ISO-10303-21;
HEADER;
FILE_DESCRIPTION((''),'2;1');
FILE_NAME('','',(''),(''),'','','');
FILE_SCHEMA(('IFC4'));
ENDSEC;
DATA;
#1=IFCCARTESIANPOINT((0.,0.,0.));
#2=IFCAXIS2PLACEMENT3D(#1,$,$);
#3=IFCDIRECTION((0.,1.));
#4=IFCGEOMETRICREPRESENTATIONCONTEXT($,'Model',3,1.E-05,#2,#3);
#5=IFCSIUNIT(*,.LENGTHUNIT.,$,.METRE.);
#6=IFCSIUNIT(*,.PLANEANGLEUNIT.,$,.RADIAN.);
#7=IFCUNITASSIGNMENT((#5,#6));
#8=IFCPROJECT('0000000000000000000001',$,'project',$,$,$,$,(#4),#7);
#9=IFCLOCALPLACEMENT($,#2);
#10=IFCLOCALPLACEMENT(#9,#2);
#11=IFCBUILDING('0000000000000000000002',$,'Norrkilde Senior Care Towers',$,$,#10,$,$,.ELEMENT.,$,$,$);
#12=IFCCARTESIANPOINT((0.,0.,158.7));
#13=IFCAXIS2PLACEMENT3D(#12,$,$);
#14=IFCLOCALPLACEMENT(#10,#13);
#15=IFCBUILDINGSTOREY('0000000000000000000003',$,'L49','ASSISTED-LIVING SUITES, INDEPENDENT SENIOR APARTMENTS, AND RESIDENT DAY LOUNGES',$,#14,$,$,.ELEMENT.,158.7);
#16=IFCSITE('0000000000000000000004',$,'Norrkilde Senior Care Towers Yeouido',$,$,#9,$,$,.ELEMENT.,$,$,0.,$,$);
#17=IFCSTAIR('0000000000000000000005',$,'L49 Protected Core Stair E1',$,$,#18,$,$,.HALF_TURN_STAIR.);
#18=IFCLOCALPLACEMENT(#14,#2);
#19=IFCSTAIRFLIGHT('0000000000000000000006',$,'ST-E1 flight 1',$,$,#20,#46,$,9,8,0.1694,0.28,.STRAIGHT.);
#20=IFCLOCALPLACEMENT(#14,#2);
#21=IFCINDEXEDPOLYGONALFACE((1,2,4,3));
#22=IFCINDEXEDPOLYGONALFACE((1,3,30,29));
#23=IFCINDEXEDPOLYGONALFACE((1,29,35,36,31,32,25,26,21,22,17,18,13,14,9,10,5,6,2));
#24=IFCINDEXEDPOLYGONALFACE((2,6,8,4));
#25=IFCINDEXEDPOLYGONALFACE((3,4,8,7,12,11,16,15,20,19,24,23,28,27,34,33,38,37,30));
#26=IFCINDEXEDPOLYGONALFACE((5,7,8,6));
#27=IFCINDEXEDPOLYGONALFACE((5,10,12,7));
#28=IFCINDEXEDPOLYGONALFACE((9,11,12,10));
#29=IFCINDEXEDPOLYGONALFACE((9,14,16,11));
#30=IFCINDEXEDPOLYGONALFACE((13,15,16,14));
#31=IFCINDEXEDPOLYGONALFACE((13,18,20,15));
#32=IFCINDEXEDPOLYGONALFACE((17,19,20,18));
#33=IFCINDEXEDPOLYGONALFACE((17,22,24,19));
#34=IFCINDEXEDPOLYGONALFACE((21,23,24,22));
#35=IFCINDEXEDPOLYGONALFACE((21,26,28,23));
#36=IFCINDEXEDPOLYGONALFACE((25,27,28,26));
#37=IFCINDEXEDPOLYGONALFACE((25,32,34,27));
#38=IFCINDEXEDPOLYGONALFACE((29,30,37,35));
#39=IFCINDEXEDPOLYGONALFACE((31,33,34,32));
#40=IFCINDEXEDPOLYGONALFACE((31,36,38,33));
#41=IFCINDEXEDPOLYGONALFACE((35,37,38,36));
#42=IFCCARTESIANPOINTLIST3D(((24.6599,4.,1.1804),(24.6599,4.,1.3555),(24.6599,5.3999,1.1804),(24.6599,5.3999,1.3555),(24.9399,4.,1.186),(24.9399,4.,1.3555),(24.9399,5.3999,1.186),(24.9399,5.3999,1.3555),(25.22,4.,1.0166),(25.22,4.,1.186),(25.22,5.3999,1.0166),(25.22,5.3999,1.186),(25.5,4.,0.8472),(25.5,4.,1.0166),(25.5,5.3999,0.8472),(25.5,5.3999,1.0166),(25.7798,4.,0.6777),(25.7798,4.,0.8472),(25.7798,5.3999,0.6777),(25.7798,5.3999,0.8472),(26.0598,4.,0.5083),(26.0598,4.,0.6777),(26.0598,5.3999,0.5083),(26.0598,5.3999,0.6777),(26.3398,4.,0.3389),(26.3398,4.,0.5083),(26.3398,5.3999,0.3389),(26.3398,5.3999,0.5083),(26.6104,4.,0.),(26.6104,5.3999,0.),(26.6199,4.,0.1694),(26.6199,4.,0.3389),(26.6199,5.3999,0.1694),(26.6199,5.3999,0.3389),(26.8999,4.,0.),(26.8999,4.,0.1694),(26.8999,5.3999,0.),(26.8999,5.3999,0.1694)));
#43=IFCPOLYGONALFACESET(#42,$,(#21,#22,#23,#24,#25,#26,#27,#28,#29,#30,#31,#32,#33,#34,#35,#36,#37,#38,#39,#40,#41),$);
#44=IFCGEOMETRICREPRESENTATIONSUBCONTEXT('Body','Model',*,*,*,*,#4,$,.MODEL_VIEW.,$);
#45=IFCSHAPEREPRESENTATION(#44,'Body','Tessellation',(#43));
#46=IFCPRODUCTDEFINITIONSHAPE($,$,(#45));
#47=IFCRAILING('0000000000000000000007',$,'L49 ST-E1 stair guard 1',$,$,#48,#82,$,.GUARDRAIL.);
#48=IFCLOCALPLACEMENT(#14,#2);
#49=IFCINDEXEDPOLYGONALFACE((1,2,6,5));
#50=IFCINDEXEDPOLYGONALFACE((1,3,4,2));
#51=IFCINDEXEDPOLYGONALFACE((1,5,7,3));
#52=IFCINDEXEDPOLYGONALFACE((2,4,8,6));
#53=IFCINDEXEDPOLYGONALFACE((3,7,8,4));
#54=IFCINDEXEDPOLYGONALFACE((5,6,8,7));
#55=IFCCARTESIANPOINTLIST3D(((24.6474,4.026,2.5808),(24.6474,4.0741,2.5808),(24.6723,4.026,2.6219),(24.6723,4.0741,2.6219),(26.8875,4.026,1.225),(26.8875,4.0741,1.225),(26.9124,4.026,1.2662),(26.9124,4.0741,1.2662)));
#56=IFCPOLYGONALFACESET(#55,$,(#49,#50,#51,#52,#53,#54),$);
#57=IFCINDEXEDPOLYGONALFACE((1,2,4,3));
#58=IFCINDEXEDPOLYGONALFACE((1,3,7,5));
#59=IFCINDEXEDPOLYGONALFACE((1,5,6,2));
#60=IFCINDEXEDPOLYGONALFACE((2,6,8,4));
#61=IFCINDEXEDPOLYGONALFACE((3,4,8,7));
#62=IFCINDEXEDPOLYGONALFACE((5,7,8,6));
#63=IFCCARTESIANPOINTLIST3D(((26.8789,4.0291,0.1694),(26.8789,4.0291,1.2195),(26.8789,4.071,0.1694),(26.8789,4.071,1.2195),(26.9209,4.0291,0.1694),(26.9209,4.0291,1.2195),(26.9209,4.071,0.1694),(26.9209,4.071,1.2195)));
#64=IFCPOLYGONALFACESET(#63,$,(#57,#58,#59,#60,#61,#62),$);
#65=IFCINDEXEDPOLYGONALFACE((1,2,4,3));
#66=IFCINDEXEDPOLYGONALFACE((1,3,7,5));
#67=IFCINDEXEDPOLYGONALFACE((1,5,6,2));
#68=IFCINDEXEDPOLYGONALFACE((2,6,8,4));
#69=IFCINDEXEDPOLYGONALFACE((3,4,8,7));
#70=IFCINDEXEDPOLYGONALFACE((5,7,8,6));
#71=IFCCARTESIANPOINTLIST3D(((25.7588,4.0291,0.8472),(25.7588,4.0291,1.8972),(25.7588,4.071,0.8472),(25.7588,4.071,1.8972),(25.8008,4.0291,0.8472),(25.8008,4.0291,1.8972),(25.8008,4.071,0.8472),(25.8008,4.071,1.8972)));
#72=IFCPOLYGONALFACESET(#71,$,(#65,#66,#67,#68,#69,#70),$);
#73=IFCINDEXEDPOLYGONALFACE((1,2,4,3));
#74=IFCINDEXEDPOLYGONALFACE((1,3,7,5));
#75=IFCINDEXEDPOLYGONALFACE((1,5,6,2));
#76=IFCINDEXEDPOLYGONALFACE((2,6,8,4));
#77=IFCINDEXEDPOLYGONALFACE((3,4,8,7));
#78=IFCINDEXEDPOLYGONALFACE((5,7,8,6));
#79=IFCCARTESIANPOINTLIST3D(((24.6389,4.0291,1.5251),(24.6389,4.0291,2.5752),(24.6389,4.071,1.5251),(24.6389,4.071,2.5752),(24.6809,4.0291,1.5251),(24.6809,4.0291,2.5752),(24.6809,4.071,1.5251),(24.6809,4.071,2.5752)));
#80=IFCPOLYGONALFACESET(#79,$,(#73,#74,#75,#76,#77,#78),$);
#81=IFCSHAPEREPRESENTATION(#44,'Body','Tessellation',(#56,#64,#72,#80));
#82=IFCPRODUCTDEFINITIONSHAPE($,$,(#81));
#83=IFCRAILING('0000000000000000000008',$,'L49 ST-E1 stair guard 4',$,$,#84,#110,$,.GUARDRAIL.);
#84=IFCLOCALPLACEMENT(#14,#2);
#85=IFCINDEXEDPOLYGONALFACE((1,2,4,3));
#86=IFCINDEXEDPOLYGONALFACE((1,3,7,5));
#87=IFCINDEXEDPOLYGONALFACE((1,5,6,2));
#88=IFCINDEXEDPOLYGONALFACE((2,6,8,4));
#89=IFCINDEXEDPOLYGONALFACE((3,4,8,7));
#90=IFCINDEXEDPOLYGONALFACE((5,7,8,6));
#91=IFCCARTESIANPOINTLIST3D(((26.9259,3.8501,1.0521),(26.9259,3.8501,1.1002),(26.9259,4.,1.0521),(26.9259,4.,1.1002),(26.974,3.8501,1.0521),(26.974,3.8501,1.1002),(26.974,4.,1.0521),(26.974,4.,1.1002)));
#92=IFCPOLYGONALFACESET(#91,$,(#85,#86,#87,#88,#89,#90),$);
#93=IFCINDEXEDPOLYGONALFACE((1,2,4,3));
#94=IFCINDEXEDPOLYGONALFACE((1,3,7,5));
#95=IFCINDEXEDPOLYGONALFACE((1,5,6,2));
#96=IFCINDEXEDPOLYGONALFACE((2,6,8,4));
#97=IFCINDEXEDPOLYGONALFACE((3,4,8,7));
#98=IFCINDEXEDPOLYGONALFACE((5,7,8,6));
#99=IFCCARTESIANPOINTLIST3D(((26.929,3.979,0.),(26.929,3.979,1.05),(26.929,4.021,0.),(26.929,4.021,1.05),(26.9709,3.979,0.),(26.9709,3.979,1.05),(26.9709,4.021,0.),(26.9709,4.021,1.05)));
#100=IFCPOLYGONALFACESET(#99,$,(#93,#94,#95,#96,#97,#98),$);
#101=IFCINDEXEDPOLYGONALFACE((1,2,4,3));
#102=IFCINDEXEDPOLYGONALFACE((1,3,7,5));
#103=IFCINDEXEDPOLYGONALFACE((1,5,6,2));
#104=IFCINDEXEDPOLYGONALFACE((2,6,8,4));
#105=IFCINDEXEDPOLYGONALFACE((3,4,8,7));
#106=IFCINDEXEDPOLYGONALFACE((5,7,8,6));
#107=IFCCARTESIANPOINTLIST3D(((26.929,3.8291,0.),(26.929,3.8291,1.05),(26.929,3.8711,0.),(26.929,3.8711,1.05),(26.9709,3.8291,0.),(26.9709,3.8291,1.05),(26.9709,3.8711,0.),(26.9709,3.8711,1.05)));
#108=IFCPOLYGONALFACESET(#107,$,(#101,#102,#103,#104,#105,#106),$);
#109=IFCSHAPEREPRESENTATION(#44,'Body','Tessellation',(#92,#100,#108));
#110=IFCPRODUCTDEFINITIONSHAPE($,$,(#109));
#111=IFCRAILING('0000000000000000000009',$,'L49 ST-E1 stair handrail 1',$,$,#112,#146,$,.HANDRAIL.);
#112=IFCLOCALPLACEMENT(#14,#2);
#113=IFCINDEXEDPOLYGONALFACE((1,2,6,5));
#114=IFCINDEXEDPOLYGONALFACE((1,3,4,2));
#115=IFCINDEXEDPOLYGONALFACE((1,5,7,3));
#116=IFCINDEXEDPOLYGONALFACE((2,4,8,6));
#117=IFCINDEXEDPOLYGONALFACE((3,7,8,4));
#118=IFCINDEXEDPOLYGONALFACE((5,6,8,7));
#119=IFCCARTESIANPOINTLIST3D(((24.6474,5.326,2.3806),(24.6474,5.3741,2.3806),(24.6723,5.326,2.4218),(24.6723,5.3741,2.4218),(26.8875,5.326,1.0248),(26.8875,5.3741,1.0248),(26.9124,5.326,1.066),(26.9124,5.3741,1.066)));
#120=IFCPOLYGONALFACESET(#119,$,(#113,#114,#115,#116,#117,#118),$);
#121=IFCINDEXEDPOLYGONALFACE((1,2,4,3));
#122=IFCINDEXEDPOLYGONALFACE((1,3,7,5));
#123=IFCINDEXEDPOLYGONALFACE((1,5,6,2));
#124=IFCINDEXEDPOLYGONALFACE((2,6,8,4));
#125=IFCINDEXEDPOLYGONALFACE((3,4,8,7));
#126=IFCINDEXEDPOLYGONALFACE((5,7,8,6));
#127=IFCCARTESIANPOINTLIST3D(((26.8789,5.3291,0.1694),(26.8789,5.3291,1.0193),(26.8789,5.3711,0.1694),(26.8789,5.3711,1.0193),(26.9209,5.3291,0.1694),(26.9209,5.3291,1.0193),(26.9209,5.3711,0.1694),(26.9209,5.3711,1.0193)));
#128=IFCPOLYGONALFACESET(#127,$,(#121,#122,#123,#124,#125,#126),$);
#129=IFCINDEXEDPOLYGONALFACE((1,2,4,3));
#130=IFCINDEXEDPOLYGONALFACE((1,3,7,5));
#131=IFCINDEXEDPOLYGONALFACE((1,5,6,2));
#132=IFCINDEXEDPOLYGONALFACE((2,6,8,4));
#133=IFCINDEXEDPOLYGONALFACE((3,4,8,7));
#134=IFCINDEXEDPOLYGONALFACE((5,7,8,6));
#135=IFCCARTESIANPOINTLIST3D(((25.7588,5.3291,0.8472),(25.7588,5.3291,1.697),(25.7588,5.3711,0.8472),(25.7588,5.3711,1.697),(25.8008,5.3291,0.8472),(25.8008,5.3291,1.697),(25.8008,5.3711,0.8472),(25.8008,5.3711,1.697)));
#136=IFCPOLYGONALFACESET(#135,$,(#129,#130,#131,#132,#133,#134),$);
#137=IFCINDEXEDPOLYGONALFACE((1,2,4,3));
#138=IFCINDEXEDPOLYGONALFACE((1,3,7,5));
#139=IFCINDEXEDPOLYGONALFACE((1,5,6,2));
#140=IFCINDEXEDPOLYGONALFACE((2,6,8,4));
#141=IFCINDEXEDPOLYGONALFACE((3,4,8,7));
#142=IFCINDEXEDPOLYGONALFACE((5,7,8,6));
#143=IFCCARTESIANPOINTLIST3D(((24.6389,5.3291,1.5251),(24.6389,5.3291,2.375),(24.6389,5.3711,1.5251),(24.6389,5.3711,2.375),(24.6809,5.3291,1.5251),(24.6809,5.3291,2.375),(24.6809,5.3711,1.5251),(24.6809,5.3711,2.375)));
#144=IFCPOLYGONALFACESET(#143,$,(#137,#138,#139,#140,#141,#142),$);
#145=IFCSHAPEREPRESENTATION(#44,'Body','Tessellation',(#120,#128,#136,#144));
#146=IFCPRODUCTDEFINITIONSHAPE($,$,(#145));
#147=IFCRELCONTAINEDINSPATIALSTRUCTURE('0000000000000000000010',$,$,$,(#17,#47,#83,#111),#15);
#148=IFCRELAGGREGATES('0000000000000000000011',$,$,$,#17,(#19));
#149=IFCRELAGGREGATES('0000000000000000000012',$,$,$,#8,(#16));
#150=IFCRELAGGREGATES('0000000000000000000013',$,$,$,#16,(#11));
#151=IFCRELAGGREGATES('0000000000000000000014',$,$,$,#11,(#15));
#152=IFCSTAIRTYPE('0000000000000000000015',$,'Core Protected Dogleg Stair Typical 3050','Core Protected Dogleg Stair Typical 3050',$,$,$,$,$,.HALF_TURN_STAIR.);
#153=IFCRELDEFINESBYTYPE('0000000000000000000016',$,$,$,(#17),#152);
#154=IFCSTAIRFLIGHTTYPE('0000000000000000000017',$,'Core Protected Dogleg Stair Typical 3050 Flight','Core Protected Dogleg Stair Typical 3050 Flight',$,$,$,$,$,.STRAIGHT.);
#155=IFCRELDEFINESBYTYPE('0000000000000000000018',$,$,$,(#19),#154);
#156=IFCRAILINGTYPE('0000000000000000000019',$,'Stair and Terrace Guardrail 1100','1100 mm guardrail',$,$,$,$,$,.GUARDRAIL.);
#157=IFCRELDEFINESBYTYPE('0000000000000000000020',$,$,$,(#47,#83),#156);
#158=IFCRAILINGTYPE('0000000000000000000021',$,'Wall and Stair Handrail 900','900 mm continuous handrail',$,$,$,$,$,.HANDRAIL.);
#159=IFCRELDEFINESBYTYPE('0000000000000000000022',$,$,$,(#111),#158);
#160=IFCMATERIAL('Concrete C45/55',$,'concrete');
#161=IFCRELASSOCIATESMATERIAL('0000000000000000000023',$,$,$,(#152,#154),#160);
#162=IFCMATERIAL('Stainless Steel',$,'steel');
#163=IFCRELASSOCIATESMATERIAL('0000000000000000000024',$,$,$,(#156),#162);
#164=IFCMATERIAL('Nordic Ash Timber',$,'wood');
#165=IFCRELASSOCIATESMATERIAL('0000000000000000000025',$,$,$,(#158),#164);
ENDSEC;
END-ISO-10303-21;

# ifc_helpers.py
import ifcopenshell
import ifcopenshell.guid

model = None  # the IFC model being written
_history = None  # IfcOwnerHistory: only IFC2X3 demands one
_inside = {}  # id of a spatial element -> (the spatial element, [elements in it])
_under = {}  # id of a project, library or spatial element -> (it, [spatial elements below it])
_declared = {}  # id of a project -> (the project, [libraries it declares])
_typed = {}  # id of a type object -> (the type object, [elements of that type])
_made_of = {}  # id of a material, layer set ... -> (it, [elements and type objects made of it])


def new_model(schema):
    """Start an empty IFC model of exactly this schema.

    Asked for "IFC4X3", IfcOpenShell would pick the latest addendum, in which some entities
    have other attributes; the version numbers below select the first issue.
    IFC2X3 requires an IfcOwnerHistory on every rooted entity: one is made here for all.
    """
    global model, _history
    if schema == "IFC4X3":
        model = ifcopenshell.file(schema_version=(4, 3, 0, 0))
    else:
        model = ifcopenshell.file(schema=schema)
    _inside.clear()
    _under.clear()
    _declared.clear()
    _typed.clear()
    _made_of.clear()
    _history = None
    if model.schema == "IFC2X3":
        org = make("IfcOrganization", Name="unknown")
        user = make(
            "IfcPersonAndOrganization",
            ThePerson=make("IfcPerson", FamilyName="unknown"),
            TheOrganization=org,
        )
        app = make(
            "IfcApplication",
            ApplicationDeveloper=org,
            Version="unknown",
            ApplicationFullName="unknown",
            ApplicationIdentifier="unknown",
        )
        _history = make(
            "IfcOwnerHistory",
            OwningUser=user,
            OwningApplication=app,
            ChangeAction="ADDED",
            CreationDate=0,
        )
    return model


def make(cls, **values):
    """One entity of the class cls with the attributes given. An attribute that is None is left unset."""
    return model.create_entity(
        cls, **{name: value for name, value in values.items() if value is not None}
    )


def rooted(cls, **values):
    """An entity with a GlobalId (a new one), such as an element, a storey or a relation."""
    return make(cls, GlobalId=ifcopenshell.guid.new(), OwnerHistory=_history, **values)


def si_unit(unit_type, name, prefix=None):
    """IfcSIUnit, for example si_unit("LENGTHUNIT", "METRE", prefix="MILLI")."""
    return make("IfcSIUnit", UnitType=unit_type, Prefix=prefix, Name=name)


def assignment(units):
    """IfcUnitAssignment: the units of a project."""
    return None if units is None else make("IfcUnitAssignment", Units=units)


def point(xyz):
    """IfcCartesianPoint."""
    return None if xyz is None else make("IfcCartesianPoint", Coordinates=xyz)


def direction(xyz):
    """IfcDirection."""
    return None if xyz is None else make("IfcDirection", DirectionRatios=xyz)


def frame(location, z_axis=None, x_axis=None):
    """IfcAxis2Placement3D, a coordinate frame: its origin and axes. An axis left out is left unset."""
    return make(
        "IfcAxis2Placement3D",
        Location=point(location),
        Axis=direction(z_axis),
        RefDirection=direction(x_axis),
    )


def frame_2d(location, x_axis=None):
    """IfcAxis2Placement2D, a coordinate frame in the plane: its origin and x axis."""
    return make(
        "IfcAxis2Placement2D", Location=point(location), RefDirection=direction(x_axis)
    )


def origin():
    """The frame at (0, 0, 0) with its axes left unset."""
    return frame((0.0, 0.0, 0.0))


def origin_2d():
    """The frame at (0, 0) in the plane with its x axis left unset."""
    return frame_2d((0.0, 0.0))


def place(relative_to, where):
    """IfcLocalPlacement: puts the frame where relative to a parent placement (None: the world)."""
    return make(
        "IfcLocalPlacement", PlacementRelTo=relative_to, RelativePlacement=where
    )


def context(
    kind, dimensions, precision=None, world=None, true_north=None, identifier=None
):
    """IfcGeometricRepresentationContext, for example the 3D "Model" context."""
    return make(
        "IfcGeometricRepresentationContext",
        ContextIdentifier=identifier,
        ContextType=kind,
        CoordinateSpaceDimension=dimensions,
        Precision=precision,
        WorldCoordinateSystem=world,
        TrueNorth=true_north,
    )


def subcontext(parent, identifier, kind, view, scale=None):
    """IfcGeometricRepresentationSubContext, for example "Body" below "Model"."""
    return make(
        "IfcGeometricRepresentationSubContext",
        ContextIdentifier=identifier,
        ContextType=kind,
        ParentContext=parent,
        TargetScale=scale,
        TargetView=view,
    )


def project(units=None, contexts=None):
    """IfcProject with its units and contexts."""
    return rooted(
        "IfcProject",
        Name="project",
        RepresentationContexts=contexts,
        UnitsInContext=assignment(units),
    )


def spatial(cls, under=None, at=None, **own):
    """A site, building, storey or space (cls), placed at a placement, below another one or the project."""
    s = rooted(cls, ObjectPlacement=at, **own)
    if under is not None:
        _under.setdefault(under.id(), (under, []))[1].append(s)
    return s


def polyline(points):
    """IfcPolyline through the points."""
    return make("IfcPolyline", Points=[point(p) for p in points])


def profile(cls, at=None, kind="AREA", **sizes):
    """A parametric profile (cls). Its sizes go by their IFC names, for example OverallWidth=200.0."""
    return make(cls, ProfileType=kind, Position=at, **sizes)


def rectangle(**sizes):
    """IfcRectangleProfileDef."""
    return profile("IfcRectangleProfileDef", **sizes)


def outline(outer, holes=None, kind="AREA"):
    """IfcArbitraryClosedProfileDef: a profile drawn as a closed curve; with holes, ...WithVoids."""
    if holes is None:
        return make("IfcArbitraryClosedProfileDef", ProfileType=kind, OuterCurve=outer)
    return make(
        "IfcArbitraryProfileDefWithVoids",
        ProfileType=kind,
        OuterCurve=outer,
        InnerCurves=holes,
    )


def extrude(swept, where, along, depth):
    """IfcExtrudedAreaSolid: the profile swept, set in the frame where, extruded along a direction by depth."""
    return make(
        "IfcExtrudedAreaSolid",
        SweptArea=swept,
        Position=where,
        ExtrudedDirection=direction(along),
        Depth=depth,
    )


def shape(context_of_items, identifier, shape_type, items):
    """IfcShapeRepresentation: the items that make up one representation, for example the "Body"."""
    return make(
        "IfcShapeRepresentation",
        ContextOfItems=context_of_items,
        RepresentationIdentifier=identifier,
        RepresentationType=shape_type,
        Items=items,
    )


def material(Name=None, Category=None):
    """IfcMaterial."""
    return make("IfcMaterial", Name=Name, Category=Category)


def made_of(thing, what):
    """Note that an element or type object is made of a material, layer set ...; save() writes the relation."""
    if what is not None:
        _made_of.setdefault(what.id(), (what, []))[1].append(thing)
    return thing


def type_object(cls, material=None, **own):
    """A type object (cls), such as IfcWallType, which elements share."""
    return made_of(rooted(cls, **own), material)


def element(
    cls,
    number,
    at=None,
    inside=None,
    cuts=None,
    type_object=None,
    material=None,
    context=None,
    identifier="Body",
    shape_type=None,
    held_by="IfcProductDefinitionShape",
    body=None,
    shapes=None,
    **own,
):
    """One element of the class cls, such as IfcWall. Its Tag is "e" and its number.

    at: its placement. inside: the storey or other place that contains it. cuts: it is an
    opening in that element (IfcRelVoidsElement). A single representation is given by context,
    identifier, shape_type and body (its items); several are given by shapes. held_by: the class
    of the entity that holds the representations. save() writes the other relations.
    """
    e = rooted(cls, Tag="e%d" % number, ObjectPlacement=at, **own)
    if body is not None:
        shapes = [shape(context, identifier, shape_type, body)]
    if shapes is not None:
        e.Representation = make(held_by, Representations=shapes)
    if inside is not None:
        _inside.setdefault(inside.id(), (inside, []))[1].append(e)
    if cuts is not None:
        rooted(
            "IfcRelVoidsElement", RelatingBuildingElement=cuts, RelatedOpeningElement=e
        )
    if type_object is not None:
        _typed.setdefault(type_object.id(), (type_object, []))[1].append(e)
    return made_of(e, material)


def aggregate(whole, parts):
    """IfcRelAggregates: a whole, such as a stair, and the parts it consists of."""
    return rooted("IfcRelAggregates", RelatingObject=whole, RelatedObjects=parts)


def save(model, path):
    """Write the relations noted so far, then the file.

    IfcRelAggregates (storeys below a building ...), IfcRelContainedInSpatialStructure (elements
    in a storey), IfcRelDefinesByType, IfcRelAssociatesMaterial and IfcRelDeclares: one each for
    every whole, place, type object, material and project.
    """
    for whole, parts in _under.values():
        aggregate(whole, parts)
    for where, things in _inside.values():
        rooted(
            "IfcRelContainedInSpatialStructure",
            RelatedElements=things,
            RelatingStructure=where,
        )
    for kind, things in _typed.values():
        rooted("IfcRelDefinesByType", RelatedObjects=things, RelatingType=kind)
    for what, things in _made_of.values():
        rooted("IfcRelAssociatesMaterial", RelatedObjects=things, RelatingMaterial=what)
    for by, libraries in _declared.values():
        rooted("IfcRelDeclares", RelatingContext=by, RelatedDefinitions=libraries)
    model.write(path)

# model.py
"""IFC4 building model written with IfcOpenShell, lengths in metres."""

from ifc_helpers import new_model, si_unit, direction, frame, origin, origin_2d, place, context, subcontext, project, spatial, polyline, rectangle, outline, extrude, material, type_object, element, aggregate, save


model = new_model("IFC4")

# Units and contexts
model_context = context("Model", 3, precision=1e-05, world=origin(), true_north=direction((0.0, 1.0)))
body_context = subcontext(model_context, "Body", "Model", "MODEL_VIEW")
ifc_project = project(units=[si_unit("LENGTHUNIT", "METRE"), si_unit("PLANEANGLEUNIT", "RADIAN")], contexts=[model_context])

# Site, building, storey
site_placement = place(None, origin())
site = spatial("IfcSite", under=ifc_project, at=site_placement, Name="Norrkilde Senior Care Towers Yeouido", CompositionType="ELEMENT", RefElevation=0.0)
building_placement = place(site_placement, origin())
building = spatial("IfcBuilding", under=site, at=building_placement, Name="Norrkilde Senior Care Towers", CompositionType="ELEMENT")
storey_placement = place(building_placement, frame((0.0, 0.0, 158.7)))
storey = spatial("IfcBuildingStorey", under=building, at=storey_placement, Name="L49", Description="ASSISTED-LIVING SUITES, INDEPENDENT SENIOR APARTMENTS, AND RESIDENT DAY LOUNGES", CompositionType="ELEMENT", Elevation=158.7)

# Shared definitions
ifc_material_1 = material(Name="Concrete C45/55", Category="concrete")

# Shared definitions
ifc_material_2 = material(Name="Stainless Steel", Category="steel")

# Shared definitions
ifc_material_3 = material(Name="Nordic Ash Timber", Category="wood")

# Stair, stair flight
stair_type = type_object("IfcStairType", Name="Core Protected Dogleg Stair Typical 3050", Description="Core Protected Dogleg Stair Typical 3050", PredefinedType="HALF_TURN_STAIR", material=ifc_material_1)
stair_placement = place(storey_placement, origin())
stair = element("IfcStair", 1, at=stair_placement, inside=storey, type_object=stair_type, Name="L49 Protected Core Stair E1", PredefinedType="HALF_TURN_STAIR")
stair_flight_type = type_object("IfcStairFlightType", Name="Core Protected Dogleg Stair Typical 3050 Flight", Description="Core Protected Dogleg Stair Typical 3050 Flight", PredefinedType="STRAIGHT", material=ifc_material_1)
stair_flight_placement = place(storey_placement, frame((26.8999, 4.7, 0.0), z_axis=(0.0, 0.0, 1.0), x_axis=(-1.0, 0.0, 0.0)))
stair_flight = element("IfcStairFlight", 2, at=stair_flight_placement, type_object=stair_flight_type, Name="ST-E1 flight 1", NumberOfRisers=9, NumberOfTreads=8, PredefinedType="STRAIGHT", RiserHeight=0.1694, TreadLength=0.28, context=body_context, shape_type="SweptSolid", body=[
    extrude(outline(polyline([(0.0, 0.0), (0.0, 0.1694), (0.28, 0.1694), (0.28, 0.3389), (0.5601, 0.3389), (0.5601, 0.5083), (0.8401, 0.5083), (0.8401, 0.6777), (1.1201, 0.6777), (1.1201, 0.8472), (1.3999, 0.8472), (1.3999, 1.0166), (1.6799, 1.0166), (1.6799, 1.186), (1.96, 1.186), (1.96, 1.3555), (2.24, 1.3555), (2.24, 1.5249), (2.24, 1.1804), (0.2896, 0.0), (0.0, 0.0)])), frame((0.0, 0.7, 0.0), z_axis=(0.0, -1.0, 0.0), x_axis=(1.0, 0.0, 0.0)), (0.0, 0.0, 1.0), 1.3999),
])
aggregate(stair, [stair_flight])

# Railings
railing_type_1 = type_object("IfcRailingType", Name="Stair and Terrace Guardrail 1100", Description="1100 mm guardrail", PredefinedType="GUARDRAIL", material=ifc_material_2)
railing_1_placement = place(storey_placement, frame((26.8999, 4.05, 0.1694)))
element("IfcRailing", 3, at=railing_1_placement, inside=storey, type_object=railing_type_1, Name="L49 ST-E1 stair guard 1", PredefinedType="GUARDRAIL", context=body_context, shape_type="SweptSolid", body=[
    extrude(rectangle(XDim=0.0481, YDim=0.0481, at=origin_2d()), frame((0.0, 0.0, 1.0762), z_axis=(-0.855512, 0.0, 0.517783), x_axis=(0.0, -1.0, 0.0)), (0.0, 0.0, 1.0), 2.6184),
    extrude(rectangle(XDim=0.042, YDim=0.042, at=origin_2d()), origin(), (0.0, 0.0, 1.0), 1.05),
    extrude(rectangle(XDim=0.042, YDim=0.042, at=origin_2d()), frame((-1.1201, 0.0, 0.6777)), (0.0, 0.0, 1.0), 1.05),
    extrude(rectangle(XDim=0.042, YDim=0.042, at=origin_2d()), frame((-2.24, 0.0, 1.3557)), (0.0, 0.0, 1.0), 1.05),
])
railing_2_placement = place(storey_placement, frame((26.95, 4.0, 0.0)))
element("IfcRailing", 4, at=railing_2_placement, inside=storey, type_object=railing_type_1, Name="L49 ST-E1 stair guard 4", PredefinedType="GUARDRAIL", context=body_context, shape_type="SweptSolid", body=[
    extrude(rectangle(XDim=0.0481, YDim=0.0481, at=origin_2d()), frame((0.0, 0.0, 1.0762), z_axis=(0.0, -1.0, 0.0), x_axis=(1.0, 0.0, 0.0)), (0.0, 0.0, 1.0), 0.1499),
    extrude(rectangle(XDim=0.042, YDim=0.042, at=origin_2d()), origin(), (0.0, 0.0, 1.0), 1.05),
    extrude(rectangle(XDim=0.042, YDim=0.042, at=origin_2d()), frame((0.0, -0.1499, 0.0)), (0.0, 0.0, 1.0), 1.05),
])
railing_type_2 = type_object("IfcRailingType", Name="Wall and Stair Handrail 900", Description="900 mm continuous handrail", PredefinedType="HANDRAIL", material=ifc_material_3)
railing_3_placement = place(storey_placement, frame((26.8999, 5.3501, 0.1694)))
element("IfcRailing", 5, at=railing_3_placement, inside=storey, type_object=railing_type_2, Name="L49 ST-E1 stair handrail 1", PredefinedType="HANDRAIL", context=body_context, shape_type="SweptSolid", body=[
    extrude(rectangle(XDim=0.0481, YDim=0.0481, at=origin_2d()), frame((0.0, 0.0, 0.876), z_axis=(-0.855512, 0.0, 0.517783), x_axis=(0.0, -1.0, 0.0)), (0.0, 0.0, 1.0), 2.6184),
    extrude(rectangle(XDim=0.042, YDim=0.042, at=origin_2d()), origin(), (0.0, 0.0, 1.0), 0.8499),
    extrude(rectangle(XDim=0.042, YDim=0.042, at=origin_2d()), frame((-1.1201, 0.0, 0.6777)), (0.0, 0.0, 1.0), 0.8499),
    extrude(rectangle(XDim=0.042, YDim=0.042, at=origin_2d()), frame((-2.24, 0.0, 1.3557)), (0.0, 0.0, 1.0), 0.8499),
])

save(model, "model.ifc")
